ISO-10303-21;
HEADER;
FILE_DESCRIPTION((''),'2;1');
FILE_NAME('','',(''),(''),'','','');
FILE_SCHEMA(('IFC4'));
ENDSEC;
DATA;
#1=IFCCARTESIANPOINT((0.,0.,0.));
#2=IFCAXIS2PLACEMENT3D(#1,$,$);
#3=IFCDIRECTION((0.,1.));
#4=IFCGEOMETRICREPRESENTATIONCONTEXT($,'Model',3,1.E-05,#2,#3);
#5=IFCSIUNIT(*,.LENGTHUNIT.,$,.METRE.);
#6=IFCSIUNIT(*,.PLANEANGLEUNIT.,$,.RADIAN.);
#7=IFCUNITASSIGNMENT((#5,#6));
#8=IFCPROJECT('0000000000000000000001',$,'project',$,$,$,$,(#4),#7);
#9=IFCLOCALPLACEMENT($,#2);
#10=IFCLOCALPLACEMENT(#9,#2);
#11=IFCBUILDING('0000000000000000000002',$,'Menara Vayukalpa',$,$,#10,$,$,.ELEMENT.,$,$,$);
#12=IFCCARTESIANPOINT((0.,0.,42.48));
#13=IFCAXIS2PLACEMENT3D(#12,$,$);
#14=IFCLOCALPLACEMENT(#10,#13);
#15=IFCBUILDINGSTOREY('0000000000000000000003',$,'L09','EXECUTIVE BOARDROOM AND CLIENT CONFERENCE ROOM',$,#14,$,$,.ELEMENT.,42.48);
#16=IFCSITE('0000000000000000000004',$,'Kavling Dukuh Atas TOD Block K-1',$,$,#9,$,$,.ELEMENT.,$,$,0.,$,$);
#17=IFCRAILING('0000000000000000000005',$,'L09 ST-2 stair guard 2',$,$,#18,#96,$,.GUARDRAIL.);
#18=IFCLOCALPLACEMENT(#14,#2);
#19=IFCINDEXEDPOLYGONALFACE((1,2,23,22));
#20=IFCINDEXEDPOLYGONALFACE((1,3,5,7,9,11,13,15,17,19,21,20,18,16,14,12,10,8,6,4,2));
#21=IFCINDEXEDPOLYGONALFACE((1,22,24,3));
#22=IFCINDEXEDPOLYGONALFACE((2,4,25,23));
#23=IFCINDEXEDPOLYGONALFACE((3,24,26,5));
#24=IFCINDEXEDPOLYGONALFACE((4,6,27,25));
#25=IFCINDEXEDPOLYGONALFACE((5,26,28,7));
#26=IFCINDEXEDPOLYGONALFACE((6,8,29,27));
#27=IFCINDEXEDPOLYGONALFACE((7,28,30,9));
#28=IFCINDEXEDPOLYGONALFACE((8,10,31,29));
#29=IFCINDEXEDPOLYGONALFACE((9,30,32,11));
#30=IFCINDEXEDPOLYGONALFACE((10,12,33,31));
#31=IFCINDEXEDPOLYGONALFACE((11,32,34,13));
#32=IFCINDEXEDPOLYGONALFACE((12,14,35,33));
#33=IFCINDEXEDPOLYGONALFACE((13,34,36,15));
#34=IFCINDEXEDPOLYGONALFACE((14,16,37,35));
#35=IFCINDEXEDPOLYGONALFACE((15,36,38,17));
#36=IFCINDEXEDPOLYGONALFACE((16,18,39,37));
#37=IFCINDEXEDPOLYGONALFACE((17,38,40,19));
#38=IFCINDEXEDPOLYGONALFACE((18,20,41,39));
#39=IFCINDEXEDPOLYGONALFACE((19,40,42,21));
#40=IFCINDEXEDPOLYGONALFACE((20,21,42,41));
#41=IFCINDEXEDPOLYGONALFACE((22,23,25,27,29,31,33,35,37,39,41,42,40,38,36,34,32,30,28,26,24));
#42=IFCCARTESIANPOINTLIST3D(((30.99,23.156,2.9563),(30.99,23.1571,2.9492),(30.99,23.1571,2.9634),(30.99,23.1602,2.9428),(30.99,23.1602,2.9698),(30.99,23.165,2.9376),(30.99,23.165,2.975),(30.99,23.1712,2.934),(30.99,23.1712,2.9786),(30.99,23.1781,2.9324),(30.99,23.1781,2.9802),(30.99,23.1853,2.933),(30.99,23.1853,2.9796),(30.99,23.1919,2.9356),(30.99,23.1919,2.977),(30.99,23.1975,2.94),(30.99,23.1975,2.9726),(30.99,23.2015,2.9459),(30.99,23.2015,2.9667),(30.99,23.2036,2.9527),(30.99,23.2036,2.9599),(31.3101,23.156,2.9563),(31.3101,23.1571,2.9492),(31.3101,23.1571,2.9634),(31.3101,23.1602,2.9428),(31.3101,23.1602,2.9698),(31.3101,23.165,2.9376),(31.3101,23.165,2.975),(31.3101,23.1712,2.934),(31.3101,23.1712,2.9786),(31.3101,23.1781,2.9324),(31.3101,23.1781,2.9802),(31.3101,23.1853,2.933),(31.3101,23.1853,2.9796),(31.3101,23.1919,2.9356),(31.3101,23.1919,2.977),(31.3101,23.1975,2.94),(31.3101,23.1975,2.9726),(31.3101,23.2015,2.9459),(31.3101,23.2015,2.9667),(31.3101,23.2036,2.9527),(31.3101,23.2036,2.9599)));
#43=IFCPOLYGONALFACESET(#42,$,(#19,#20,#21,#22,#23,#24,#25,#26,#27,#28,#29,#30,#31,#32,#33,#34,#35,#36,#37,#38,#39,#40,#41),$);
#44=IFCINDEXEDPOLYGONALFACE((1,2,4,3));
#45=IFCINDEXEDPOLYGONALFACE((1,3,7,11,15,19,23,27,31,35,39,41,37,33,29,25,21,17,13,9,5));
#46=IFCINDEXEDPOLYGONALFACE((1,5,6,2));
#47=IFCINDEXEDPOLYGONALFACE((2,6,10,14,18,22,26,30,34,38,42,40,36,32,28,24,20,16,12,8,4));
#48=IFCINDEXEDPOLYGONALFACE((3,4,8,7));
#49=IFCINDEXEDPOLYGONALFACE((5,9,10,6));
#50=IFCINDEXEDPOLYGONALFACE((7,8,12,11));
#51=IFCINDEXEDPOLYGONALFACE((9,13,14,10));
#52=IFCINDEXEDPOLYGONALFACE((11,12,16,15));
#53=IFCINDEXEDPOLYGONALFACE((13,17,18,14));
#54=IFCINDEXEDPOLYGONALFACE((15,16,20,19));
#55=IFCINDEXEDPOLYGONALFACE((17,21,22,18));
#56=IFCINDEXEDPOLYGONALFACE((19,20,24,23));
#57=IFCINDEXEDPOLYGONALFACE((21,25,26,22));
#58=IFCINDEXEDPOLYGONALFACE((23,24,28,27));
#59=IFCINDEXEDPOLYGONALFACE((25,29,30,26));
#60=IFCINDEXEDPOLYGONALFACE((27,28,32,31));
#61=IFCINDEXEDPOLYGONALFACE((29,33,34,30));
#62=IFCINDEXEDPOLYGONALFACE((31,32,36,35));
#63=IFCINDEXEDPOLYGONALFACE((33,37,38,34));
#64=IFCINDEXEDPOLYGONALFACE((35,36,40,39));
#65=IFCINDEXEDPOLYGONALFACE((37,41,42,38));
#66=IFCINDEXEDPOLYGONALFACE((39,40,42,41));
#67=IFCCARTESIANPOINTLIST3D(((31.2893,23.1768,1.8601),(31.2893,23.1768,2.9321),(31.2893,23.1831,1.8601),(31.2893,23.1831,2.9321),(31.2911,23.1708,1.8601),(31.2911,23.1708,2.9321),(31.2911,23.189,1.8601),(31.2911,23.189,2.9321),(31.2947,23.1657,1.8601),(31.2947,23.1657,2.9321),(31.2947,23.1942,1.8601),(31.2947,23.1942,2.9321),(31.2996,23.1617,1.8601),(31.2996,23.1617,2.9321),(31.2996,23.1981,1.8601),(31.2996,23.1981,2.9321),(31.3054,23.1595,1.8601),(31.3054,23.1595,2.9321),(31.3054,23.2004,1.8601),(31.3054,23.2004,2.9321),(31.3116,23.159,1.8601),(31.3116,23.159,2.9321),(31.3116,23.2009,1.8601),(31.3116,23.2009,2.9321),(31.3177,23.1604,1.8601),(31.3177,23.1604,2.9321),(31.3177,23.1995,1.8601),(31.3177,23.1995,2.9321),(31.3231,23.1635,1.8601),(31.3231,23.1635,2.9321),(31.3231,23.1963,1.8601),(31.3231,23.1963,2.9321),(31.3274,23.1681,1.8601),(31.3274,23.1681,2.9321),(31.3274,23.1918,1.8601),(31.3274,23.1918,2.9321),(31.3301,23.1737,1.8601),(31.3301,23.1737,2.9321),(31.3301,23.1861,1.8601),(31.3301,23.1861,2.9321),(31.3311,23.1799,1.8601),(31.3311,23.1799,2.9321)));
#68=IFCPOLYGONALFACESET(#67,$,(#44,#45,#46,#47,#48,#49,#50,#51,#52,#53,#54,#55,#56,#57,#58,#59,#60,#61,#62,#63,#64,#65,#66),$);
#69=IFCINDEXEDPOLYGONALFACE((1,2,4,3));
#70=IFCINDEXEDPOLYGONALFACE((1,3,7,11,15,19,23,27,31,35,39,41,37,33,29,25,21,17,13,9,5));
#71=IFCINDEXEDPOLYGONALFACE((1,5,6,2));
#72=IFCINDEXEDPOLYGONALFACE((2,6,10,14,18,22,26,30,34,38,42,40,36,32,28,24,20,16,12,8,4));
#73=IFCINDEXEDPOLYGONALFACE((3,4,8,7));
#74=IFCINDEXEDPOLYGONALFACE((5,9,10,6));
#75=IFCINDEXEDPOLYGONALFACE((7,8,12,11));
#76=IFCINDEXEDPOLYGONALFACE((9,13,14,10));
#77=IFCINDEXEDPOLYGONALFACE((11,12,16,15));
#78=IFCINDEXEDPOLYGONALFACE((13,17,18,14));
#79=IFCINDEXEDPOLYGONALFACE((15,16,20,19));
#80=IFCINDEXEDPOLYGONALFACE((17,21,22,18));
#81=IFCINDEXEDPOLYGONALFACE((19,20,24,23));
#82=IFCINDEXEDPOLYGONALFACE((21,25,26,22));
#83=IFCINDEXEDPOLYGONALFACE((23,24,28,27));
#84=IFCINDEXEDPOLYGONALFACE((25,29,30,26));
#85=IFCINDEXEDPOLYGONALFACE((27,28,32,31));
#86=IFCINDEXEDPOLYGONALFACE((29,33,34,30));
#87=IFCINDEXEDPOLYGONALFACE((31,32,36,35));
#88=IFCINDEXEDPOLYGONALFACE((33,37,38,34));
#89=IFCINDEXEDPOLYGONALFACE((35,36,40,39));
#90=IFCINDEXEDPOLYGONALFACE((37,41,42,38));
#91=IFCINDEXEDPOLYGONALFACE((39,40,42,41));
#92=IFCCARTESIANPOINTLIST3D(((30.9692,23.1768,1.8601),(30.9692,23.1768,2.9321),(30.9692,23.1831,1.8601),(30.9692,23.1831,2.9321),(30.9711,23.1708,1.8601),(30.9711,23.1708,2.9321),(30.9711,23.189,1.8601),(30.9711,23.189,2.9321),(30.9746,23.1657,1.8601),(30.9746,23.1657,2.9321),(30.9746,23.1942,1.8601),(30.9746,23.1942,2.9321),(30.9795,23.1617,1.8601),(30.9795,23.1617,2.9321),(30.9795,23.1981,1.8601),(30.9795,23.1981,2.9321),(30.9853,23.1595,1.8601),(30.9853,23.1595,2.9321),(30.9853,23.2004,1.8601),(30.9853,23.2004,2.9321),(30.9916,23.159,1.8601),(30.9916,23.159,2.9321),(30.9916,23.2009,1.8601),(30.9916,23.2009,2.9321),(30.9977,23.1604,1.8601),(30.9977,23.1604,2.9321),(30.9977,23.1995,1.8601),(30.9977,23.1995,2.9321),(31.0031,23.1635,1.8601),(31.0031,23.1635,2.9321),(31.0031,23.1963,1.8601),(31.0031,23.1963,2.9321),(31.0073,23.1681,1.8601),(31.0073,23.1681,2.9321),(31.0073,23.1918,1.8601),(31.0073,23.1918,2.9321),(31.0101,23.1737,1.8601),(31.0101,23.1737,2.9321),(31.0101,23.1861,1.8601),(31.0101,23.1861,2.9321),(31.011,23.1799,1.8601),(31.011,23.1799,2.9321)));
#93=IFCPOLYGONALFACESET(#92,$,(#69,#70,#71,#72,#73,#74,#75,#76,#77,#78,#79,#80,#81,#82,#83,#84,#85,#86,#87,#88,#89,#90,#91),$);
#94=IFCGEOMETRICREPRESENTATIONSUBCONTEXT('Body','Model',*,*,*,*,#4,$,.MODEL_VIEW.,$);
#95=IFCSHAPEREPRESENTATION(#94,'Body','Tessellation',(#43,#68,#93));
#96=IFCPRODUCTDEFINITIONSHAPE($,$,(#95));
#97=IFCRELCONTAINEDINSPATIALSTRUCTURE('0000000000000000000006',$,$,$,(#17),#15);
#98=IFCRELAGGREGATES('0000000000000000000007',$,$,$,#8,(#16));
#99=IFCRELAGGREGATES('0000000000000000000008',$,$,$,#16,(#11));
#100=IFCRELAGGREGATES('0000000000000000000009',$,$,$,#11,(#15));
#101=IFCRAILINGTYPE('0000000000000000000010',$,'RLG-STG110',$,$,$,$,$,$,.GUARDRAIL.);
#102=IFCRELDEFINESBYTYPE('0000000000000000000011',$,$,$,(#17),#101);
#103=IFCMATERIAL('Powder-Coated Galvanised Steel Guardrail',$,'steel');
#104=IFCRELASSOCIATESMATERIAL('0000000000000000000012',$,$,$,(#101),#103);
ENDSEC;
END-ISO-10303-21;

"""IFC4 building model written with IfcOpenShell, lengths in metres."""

from ifc_helpers import new_model, si_unit, direction, frame, origin, origin_2d, place, context, subcontext, project, spatial, circle, extrude, material, type_object, element, save


model = new_model("IFC4")

# Units and contexts
model_context = context("Model", 3, precision=1e-05, world=origin(), true_north=direction((0.0, 1.0)))
body_context = subcontext(model_context, "Body", "Model", "MODEL_VIEW")
ifc_project = project(units=[si_unit("LENGTHUNIT", "METRE"), si_unit("PLANEANGLEUNIT", "RADIAN")], contexts=[model_context])

# Site, building, storey
site_placement = place(None, origin())
site = spatial("IfcSite", under=ifc_project, at=site_placement, Name="Kavling Dukuh Atas TOD Block K-1", CompositionType="ELEMENT", RefElevation=0.0)
building_placement = place(site_placement, origin())
building = spatial("IfcBuilding", under=site, at=building_placement, Name="Menara Vayukalpa", CompositionType="ELEMENT")
storey_placement = place(building_placement, frame((0.0, 0.0, 42.48)))
storey = spatial("IfcBuildingStorey", under=building, at=storey_placement, Name="L09", Description="EXECUTIVE BOARDROOM AND CLIENT CONFERENCE ROOM", CompositionType="ELEMENT", Elevation=42.48)

# Railing
ifc_material_1 = material(Name="Powder-Coated Galvanised Steel Guardrail", Category="steel")
railing_type_1 = type_object("IfcRailingType", Name="RLG-STG110", PredefinedType="GUARDRAIL", material=ifc_material_1)
railing_1_placement = place(storey_placement, frame((31.3101, 23.1799, 1.8601)))
element("IfcRailing", 1, at=railing_1_placement, inside=storey, type_object=railing_type_1, Name="L09 ST-2 stair guard 2", PredefinedType="GUARDRAIL", context=body_context, shape_type="SweptSolid", body=[
    extrude(circle(Radius=0.0239, at=origin_2d()), frame((0.0, 0.0, 1.0962), z_axis=(-1.0, 0.0, 0.0), x_axis=(0.0, -1.0, 0.0)), (0.0, 0.0, 1.0), 0.3201),
    extrude(circle(Radius=0.021, at=origin_2d()), origin(), (0.0, 0.0, 1.0), 1.072),
    extrude(circle(Radius=0.021, at=origin_2d()), frame((-0.3201, 0.0, 0.0)), (0.0, 0.0, 1.0), 1.072),
])

save(model, "model.ifc")
